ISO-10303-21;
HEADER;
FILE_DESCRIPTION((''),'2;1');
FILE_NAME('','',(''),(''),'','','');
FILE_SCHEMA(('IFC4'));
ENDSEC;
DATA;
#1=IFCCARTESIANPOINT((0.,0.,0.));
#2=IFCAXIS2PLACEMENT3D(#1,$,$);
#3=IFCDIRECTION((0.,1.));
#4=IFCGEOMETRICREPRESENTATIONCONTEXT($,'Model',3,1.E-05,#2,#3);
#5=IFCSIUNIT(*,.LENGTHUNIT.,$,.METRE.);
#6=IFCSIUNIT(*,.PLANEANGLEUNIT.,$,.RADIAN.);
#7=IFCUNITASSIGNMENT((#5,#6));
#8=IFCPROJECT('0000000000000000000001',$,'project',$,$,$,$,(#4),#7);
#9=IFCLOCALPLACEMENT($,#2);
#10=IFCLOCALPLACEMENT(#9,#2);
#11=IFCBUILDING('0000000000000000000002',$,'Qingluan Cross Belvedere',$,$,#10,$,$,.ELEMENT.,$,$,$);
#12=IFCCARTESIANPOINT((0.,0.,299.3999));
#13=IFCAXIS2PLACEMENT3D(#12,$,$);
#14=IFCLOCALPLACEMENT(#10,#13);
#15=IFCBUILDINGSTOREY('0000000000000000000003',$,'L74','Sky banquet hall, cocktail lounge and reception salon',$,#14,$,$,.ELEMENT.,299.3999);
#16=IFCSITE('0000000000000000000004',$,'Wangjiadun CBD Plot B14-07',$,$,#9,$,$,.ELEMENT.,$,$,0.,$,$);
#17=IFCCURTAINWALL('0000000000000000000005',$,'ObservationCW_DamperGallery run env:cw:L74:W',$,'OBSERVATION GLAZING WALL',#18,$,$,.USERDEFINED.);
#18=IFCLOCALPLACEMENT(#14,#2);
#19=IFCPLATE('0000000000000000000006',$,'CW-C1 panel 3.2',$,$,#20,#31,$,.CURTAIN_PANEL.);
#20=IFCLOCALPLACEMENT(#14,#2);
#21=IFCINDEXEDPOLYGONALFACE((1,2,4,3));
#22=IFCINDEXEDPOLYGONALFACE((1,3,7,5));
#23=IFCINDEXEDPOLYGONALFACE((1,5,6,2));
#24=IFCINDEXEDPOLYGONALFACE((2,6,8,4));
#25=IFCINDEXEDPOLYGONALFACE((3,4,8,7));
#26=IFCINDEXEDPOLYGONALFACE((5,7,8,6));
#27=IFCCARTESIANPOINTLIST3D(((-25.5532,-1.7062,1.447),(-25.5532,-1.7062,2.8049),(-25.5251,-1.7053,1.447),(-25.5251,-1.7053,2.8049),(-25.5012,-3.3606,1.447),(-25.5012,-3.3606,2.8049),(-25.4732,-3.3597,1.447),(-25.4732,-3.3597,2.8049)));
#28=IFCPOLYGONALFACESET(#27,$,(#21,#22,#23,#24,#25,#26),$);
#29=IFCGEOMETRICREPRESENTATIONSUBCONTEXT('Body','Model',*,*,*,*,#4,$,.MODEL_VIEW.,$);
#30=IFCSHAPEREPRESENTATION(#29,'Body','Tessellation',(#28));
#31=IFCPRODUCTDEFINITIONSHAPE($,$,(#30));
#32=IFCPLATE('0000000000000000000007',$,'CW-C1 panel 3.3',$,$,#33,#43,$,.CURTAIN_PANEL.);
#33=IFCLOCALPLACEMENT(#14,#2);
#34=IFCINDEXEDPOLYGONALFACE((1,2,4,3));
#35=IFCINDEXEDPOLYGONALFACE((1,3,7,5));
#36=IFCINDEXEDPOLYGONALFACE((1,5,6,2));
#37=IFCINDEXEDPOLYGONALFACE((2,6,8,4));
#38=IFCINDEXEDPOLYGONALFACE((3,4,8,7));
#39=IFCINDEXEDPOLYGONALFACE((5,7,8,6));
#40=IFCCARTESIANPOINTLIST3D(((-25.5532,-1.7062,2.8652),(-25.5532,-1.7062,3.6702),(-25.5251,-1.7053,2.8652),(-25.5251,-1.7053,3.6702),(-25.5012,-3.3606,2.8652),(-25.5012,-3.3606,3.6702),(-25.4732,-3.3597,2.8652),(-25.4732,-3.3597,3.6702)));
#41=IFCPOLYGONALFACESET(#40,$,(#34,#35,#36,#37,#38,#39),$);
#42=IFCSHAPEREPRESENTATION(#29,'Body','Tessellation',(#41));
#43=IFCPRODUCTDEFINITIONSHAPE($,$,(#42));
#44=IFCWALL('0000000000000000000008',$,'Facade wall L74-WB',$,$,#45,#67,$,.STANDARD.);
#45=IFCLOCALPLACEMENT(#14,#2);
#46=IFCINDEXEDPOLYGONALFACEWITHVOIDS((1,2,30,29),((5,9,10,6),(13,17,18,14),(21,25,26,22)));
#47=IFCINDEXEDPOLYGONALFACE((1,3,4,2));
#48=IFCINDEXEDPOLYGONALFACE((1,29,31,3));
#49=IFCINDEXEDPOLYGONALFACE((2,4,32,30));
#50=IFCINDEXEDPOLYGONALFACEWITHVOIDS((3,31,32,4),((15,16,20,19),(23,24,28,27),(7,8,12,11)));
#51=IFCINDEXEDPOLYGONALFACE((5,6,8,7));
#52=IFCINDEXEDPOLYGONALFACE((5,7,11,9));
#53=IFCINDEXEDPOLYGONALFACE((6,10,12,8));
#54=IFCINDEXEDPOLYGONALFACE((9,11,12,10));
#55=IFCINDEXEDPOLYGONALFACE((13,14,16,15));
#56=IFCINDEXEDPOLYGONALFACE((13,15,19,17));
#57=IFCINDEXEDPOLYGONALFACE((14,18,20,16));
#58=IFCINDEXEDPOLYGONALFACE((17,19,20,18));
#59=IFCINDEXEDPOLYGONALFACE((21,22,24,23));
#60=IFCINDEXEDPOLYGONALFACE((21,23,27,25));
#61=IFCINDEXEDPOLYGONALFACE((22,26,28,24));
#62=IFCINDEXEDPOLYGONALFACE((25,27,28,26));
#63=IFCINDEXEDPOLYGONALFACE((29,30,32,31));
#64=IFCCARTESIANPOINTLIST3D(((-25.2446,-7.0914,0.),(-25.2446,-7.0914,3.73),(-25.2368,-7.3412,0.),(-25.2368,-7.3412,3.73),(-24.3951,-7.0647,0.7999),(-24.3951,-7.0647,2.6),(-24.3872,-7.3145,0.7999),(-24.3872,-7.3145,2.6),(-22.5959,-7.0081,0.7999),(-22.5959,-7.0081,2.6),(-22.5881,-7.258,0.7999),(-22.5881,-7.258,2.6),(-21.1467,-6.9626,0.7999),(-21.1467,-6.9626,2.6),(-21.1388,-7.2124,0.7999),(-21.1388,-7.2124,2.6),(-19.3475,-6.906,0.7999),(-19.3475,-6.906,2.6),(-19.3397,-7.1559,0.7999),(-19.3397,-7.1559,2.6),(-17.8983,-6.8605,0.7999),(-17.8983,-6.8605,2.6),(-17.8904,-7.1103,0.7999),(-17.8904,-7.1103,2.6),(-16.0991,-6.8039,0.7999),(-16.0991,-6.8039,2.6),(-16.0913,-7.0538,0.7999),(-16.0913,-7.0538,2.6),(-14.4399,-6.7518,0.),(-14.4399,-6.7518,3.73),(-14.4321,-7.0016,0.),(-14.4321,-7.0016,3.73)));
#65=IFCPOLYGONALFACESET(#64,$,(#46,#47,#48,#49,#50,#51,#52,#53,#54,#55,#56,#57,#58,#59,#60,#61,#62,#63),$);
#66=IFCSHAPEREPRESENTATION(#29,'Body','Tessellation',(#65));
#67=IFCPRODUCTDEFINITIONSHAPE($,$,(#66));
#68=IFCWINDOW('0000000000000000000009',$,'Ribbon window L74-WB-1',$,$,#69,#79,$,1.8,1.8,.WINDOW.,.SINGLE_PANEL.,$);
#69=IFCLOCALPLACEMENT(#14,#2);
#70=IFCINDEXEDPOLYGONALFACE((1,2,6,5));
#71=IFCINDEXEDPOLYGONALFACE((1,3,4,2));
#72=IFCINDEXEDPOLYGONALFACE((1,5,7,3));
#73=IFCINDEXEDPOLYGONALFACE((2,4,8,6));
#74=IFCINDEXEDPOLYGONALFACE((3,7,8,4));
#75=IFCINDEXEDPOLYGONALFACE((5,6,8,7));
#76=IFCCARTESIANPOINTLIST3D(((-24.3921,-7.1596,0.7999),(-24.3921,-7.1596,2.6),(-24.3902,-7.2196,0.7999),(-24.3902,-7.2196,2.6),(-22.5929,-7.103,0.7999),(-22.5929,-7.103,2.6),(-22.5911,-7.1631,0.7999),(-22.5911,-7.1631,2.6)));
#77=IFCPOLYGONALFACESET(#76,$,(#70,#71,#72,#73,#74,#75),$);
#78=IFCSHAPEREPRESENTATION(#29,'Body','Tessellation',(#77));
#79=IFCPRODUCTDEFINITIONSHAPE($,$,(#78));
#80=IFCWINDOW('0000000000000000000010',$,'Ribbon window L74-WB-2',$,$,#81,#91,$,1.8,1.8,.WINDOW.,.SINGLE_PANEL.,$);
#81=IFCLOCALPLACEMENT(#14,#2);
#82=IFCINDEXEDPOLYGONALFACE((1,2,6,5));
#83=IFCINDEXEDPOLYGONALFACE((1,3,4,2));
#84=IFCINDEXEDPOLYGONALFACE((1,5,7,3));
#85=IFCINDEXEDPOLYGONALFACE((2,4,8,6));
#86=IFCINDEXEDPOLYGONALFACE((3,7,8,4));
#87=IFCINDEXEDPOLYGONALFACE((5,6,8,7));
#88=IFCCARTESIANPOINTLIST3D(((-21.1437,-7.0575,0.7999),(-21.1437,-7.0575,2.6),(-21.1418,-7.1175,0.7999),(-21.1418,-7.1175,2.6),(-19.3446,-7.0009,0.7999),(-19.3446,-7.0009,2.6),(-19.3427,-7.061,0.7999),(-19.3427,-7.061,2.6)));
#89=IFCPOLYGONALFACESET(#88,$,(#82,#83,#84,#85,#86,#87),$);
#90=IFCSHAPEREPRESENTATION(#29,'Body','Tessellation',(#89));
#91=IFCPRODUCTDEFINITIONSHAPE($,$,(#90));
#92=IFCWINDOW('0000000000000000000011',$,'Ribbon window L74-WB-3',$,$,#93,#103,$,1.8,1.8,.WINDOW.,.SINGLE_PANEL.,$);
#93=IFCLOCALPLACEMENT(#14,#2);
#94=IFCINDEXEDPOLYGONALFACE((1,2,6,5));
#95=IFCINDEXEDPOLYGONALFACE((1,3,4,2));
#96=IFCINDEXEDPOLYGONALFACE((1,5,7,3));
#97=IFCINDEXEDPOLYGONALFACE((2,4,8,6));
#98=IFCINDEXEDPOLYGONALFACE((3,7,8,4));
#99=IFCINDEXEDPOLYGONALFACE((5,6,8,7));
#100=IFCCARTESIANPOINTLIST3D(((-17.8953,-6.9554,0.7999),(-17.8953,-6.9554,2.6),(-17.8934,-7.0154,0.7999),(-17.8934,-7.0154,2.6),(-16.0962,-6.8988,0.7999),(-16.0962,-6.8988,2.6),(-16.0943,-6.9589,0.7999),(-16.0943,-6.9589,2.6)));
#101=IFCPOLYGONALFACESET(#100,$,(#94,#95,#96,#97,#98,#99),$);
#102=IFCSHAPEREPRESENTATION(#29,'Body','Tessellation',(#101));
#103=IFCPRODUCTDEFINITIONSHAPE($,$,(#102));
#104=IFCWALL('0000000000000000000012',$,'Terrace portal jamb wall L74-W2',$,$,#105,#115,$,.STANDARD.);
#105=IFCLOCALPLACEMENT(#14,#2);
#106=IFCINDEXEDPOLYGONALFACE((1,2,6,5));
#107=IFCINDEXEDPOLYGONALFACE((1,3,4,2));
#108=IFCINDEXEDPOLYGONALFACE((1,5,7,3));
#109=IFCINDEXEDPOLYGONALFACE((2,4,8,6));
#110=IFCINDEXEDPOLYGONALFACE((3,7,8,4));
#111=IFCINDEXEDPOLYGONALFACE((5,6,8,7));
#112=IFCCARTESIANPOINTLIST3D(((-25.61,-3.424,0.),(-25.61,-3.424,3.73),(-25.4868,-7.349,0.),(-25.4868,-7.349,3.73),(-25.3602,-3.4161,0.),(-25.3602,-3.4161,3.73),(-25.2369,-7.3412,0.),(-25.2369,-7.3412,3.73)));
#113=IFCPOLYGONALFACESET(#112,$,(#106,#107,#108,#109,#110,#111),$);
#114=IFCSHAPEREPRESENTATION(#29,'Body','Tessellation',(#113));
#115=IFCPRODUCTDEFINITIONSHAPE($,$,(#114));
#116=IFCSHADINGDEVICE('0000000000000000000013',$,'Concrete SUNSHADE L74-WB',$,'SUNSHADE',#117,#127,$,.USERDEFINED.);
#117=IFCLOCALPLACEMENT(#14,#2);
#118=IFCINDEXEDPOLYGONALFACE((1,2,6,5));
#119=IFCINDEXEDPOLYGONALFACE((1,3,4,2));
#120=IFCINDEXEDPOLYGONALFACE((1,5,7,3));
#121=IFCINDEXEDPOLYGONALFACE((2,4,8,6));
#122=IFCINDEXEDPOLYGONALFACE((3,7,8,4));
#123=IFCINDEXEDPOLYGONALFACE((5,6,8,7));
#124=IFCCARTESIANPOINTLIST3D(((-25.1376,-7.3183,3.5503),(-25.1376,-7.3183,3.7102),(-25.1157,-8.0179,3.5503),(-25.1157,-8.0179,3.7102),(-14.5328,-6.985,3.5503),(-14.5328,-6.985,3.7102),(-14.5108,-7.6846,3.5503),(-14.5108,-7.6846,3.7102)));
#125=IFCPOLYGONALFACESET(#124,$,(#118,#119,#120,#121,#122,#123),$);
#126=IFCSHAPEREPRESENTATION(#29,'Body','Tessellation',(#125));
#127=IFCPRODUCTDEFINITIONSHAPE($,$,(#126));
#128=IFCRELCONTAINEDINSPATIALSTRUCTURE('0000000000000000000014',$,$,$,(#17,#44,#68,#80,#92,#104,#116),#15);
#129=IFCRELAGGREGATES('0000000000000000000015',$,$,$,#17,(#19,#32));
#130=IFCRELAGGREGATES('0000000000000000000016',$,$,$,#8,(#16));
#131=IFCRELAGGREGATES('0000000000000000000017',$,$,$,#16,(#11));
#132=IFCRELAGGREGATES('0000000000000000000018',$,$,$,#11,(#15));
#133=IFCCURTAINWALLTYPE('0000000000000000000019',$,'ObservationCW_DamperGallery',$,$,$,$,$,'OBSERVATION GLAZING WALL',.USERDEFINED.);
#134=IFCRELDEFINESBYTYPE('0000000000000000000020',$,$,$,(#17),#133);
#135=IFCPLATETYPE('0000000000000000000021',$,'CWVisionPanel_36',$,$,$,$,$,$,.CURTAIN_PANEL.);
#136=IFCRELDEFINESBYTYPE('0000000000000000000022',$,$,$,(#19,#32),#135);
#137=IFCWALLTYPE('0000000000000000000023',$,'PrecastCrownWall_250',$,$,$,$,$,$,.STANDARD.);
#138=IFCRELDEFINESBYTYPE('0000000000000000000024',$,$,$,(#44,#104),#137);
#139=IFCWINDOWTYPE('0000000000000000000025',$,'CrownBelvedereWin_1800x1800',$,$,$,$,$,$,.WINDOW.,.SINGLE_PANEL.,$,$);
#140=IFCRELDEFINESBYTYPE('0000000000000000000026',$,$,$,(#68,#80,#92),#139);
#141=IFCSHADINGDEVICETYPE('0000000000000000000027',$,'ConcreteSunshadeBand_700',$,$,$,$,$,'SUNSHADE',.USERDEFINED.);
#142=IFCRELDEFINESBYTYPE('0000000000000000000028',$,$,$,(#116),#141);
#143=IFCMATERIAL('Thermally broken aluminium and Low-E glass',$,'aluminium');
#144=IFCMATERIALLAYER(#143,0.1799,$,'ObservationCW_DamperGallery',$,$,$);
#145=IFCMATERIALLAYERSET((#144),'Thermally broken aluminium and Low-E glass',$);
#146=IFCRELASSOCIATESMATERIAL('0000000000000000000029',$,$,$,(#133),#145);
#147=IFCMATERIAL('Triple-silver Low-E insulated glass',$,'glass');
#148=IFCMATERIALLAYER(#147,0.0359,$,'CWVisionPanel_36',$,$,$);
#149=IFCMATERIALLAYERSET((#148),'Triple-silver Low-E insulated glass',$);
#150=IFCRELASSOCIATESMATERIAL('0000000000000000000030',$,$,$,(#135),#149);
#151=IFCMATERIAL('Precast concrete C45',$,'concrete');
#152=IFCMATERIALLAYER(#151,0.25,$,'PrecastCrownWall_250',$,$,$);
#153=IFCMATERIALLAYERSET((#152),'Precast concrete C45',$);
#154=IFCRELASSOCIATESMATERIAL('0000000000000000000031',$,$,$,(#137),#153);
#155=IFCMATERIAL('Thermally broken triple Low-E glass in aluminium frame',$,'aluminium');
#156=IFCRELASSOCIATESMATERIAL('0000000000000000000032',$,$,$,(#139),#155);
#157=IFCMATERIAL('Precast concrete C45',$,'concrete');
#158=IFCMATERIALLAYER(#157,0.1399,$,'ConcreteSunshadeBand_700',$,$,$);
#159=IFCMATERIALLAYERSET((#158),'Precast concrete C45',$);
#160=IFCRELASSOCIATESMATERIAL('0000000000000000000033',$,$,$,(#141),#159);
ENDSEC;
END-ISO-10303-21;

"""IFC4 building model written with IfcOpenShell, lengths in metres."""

from ifc_helpers import new_model, si_unit, direction, frame, frame_2d, origin, origin_2d, place, context, subcontext, project, spatial, rectangle, extrude, material, layer, layer_set, type_object, element, fill, aggregate, save


model = new_model("IFC4")

# Units and contexts
model_context = context("Model", 3, precision=1e-05, world=origin(), true_north=direction((0.0, 1.0)))
body_context = subcontext(model_context, "Body", "Model", "MODEL_VIEW")
ifc_project = project(units=[si_unit("LENGTHUNIT", "METRE"), si_unit("PLANEANGLEUNIT", "RADIAN")], contexts=[model_context])

# Site, building, storey
site_placement = place(None, origin())
site = spatial("IfcSite", under=ifc_project, at=site_placement, Name="Wangjiadun CBD Plot B14-07", CompositionType="ELEMENT", RefElevation=0.0)
building_placement = place(site_placement, origin())
building = spatial("IfcBuilding", under=site, at=building_placement, Name="Qingluan Cross Belvedere", CompositionType="ELEMENT")
storey_placement = place(building_placement, frame((0.0, 0.0, 299.3999)))
storey = spatial("IfcBuildingStorey", under=building, at=storey_placement, Name="L74", Description="Sky banquet hall, cocktail lounge and reception salon", CompositionType="ELEMENT", Elevation=299.3999)

# Curtain wall, plates
ifc_material_1 = material(Name="Thermally broken aluminium and Low-E glass", Category="aluminium")
ifc_layer_1 = layer(ifc_material_1, 0.1799, Name="ObservationCW_DamperGallery")
ifc_layer_set_1 = layer_set([ifc_layer_1], Name="Thermally broken aluminium and Low-E glass")
curtain_wall_type = type_object("IfcCurtainWallType", Name="ObservationCW_DamperGallery", ElementType="OBSERVATION GLAZING WALL", PredefinedType="USERDEFINED", material=ifc_layer_set_1)
curtain_wall_placement = place(storey_placement, origin())
curtain_wall = element("IfcCurtainWall", 1, at=curtain_wall_placement, inside=storey, type_object=curtain_wall_type, Name="ObservationCW_DamperGallery run env:cw:L74:W", ObjectType="OBSERVATION GLAZING WALL", PredefinedType="USERDEFINED")
ifc_material_2 = material(Name="Triple-silver Low-E insulated glass", Category="glass")
ifc_layer_2 = layer(ifc_material_2, 0.0359, Name="CWVisionPanel_36")
ifc_layer_set_2 = layer_set([ifc_layer_2], Name="Triple-silver Low-E insulated glass")
plate_type = type_object("IfcPlateType", Name="CWVisionPanel_36", PredefinedType="CURTAIN_PANEL", material=ifc_layer_set_2)
plate_1_placement = place(storey_placement, frame((-25.5132, -2.533, 1.447), z_axis=(0.0, 0.0, 1.0), x_axis=(0.031398, -0.999507, 0.0)))
plate_1 = element("IfcPlate", 2, at=plate_1_placement, type_object=plate_type, Name="CW-C1 panel 3.2", PredefinedType="CURTAIN_PANEL", context=body_context, shape_type="SweptSolid", body=[
    extrude(rectangle(XDim=1.6553, YDim=0.0281, at=origin_2d()), origin(), (0.0, 0.0, 1.0), 1.3579),
])
plate_2_placement = place(storey_placement, frame((-25.5132, -2.533, 2.8652), z_axis=(0.0, 0.0, 1.0), x_axis=(0.031398, -0.999507, 0.0)))
plate_2 = element("IfcPlate", 3, at=plate_2_placement, type_object=plate_type, Name="CW-C1 panel 3.3", PredefinedType="CURTAIN_PANEL", context=body_context, shape_type="SweptSolid", body=[
    extrude(rectangle(XDim=1.6553, YDim=0.0281, at=origin_2d()), origin(), (0.0, 0.0, 1.0), 0.8049),
])
aggregate(curtain_wall, [plate_1, plate_2])

# Wall, openings, windows
ifc_material_3 = material(Name="Precast concrete C45", Category="concrete")
ifc_layer_3 = layer(ifc_material_3, 0.25, Name="PrecastCrownWall_250")
ifc_layer_set_3 = layer_set([ifc_layer_3], Name="Precast concrete C45")
wall_type = type_object("IfcWallType", Name="PrecastCrownWall_250", PredefinedType="STANDARD", material=ifc_layer_set_3)
wall_1_placement = place(storey_placement, frame((-25.2407, -7.2163, 0.0), z_axis=(0.0, 0.0, 1.0), x_axis=(0.999506, 0.031415, 0.0)))
wall_1 = element("IfcWall", 4, at=wall_1_placement, inside=storey, type_object=wall_type, Name="Facade wall L74-WB", PredefinedType="STANDARD", context=body_context, shape_type="SweptSolid", body=[
    extrude(rectangle(XDim=10.8101, YDim=0.25, at=frame_2d((5.405, 0.0))), origin(), (0.0, 0.0, 1.0), 3.73),
])
opening_1_placement = place(wall_1_placement, frame((0.8501, 0.0, 0.8)))
opening_1 = element("IfcOpeningElement", 5, at=opening_1_placement, cuts=wall_1, PredefinedType="OPENING", context=body_context, shape_type="SweptSolid", body=[
    extrude(rectangle(XDim=1.8, YDim=1.8, at=frame_2d((0.8999, 0.8999))), frame((0.0, 0.135, 0.0), z_axis=(0.0, -1.0, 0.0), x_axis=(1.0, 0.0, 0.0)), (0.0, 0.0, 1.0), 0.27),
])
opening_2_placement = place(wall_1_placement, frame((4.1001, 0.0, 0.8)))
opening_2 = element("IfcOpeningElement", 6, at=opening_2_placement, cuts=wall_1, PredefinedType="OPENING", context=body_context, shape_type="SweptSolid", body=[
    extrude(rectangle(XDim=1.8, YDim=1.8, at=frame_2d((0.8999, 0.8999))), frame((0.0, 0.135, 0.0), z_axis=(0.0, -1.0, 0.0), x_axis=(1.0, 0.0, 0.0)), (0.0, 0.0, 1.0), 0.27),
])
opening_3_placement = place(wall_1_placement, frame((7.3501, 0.0, 0.8)))
opening_3 = element("IfcOpeningElement", 7, at=opening_3_placement, cuts=wall_1, PredefinedType="OPENING", context=body_context, shape_type="SweptSolid", body=[
    extrude(rectangle(XDim=1.8, YDim=1.8, at=frame_2d((0.8999, 0.8999))), frame((0.0, 0.135, 0.0), z_axis=(0.0, -1.0, 0.0), x_axis=(1.0, 0.0, 0.0)), (0.0, 0.0, 1.0), 0.27),
])
ifc_material_4 = material(Name="Thermally broken triple Low-E glass in aluminium frame", Category="aluminium")
window_type = type_object("IfcWindowType", Name="CrownBelvedereWin_1800x1800", PartitioningType="SINGLE_PANEL", PredefinedType="WINDOW", material=ifc_material_4)
window_1_placement = place(opening_1_placement, origin())
window_1 = element("IfcWindow", 8, at=window_1_placement, inside=storey, type_object=window_type, Name="Ribbon window L74-WB-1", OverallHeight=1.8, OverallWidth=1.8, PartitioningType="SINGLE_PANEL", PredefinedType="WINDOW", context=body_context, shape_type="SweptSolid", body=[
    extrude(rectangle(XDim=1.8, YDim=1.8, at=frame_2d((0.8999, 0.8999))), frame((0.0, 0.03, 0.0), z_axis=(0.0, -1.0, 0.0), x_axis=(1.0, 0.0, 0.0)), (0.0, 0.0, 1.0), 0.0601),
])
fill(opening_1, window_1)
window_2_placement = place(opening_2_placement, origin())
window_2 = element("IfcWindow", 9, at=window_2_placement, inside=storey, type_object=window_type, Name="Ribbon window L74-WB-2", OverallHeight=1.8, OverallWidth=1.8, PartitioningType="SINGLE_PANEL", PredefinedType="WINDOW", context=body_context, shape_type="SweptSolid", body=[
    extrude(rectangle(XDim=1.8, YDim=1.8, at=frame_2d((0.8999, 0.8999))), frame((0.0, 0.03, 0.0), z_axis=(0.0, -1.0, 0.0), x_axis=(1.0, 0.0, 0.0)), (0.0, 0.0, 1.0), 0.0601),
])
fill(opening_2, window_2)
window_3_placement = place(opening_3_placement, origin())
window_3 = element("IfcWindow", 10, at=window_3_placement, inside=storey, type_object=window_type, Name="Ribbon window L74-WB-3", OverallHeight=1.8, OverallWidth=1.8, PartitioningType="SINGLE_PANEL", PredefinedType="WINDOW", context=body_context, shape_type="SweptSolid", body=[
    extrude(rectangle(XDim=1.8, YDim=1.8, at=frame_2d((0.8999, 0.8999))), frame((0.0, 0.03, 0.0), z_axis=(0.0, -1.0, 0.0), x_axis=(1.0, 0.0, 0.0)), (0.0, 0.0, 1.0), 0.0601),
])
fill(opening_3, window_3)

# Wall
wall_2_placement = place(storey_placement, frame((-25.4851, -3.4202, 0.0), z_axis=(0.0, 0.0, 1.0), x_axis=(0.031396, -0.999507, 0.0)))
element("IfcWall", 11, at=wall_2_placement, inside=storey, type_object=wall_type, Name="Terrace portal jamb wall L74-W2", PredefinedType="STANDARD", context=body_context, shape_type="SweptSolid", body=[
    extrude(rectangle(XDim=3.927, YDim=0.25, at=frame_2d((1.9634, 0.0))), origin(), (0.0, 0.0, 1.0), 3.73),
])

# Shading device
ifc_material_5 = material(Name="Precast concrete C45", Category="concrete")
ifc_layer_4 = layer(ifc_material_5, 0.1399, Name="ConcreteSunshadeBand_700")
ifc_layer_set_4 = layer_set([ifc_layer_4], Name="Precast concrete C45")
shading_device_type = type_object("IfcShadingDeviceType", Name="ConcreteSunshadeBand_700", ElementType="SUNSHADE", PredefinedType="USERDEFINED", material=ifc_layer_set_4)
shading_device_placement = place(storey_placement, frame((-19.8242, -7.5015, 3.5503), z_axis=(0.0, 0.0, 1.0), x_axis=(0.999506, 0.031415, 0.0)))
element("IfcShadingDevice", 12, at=shading_device_placement, inside=storey, type_object=shading_device_type, Name="Concrete SUNSHADE L74-WB", ObjectType="SUNSHADE", PredefinedType="USERDEFINED", context=body_context, shape_type="SweptSolid", body=[
    extrude(rectangle(XDim=10.6101, YDim=0.7, at=origin_2d()), origin(), (0.0, 0.0, 1.0), 0.1599),
])

save(model, "model.ifc")
